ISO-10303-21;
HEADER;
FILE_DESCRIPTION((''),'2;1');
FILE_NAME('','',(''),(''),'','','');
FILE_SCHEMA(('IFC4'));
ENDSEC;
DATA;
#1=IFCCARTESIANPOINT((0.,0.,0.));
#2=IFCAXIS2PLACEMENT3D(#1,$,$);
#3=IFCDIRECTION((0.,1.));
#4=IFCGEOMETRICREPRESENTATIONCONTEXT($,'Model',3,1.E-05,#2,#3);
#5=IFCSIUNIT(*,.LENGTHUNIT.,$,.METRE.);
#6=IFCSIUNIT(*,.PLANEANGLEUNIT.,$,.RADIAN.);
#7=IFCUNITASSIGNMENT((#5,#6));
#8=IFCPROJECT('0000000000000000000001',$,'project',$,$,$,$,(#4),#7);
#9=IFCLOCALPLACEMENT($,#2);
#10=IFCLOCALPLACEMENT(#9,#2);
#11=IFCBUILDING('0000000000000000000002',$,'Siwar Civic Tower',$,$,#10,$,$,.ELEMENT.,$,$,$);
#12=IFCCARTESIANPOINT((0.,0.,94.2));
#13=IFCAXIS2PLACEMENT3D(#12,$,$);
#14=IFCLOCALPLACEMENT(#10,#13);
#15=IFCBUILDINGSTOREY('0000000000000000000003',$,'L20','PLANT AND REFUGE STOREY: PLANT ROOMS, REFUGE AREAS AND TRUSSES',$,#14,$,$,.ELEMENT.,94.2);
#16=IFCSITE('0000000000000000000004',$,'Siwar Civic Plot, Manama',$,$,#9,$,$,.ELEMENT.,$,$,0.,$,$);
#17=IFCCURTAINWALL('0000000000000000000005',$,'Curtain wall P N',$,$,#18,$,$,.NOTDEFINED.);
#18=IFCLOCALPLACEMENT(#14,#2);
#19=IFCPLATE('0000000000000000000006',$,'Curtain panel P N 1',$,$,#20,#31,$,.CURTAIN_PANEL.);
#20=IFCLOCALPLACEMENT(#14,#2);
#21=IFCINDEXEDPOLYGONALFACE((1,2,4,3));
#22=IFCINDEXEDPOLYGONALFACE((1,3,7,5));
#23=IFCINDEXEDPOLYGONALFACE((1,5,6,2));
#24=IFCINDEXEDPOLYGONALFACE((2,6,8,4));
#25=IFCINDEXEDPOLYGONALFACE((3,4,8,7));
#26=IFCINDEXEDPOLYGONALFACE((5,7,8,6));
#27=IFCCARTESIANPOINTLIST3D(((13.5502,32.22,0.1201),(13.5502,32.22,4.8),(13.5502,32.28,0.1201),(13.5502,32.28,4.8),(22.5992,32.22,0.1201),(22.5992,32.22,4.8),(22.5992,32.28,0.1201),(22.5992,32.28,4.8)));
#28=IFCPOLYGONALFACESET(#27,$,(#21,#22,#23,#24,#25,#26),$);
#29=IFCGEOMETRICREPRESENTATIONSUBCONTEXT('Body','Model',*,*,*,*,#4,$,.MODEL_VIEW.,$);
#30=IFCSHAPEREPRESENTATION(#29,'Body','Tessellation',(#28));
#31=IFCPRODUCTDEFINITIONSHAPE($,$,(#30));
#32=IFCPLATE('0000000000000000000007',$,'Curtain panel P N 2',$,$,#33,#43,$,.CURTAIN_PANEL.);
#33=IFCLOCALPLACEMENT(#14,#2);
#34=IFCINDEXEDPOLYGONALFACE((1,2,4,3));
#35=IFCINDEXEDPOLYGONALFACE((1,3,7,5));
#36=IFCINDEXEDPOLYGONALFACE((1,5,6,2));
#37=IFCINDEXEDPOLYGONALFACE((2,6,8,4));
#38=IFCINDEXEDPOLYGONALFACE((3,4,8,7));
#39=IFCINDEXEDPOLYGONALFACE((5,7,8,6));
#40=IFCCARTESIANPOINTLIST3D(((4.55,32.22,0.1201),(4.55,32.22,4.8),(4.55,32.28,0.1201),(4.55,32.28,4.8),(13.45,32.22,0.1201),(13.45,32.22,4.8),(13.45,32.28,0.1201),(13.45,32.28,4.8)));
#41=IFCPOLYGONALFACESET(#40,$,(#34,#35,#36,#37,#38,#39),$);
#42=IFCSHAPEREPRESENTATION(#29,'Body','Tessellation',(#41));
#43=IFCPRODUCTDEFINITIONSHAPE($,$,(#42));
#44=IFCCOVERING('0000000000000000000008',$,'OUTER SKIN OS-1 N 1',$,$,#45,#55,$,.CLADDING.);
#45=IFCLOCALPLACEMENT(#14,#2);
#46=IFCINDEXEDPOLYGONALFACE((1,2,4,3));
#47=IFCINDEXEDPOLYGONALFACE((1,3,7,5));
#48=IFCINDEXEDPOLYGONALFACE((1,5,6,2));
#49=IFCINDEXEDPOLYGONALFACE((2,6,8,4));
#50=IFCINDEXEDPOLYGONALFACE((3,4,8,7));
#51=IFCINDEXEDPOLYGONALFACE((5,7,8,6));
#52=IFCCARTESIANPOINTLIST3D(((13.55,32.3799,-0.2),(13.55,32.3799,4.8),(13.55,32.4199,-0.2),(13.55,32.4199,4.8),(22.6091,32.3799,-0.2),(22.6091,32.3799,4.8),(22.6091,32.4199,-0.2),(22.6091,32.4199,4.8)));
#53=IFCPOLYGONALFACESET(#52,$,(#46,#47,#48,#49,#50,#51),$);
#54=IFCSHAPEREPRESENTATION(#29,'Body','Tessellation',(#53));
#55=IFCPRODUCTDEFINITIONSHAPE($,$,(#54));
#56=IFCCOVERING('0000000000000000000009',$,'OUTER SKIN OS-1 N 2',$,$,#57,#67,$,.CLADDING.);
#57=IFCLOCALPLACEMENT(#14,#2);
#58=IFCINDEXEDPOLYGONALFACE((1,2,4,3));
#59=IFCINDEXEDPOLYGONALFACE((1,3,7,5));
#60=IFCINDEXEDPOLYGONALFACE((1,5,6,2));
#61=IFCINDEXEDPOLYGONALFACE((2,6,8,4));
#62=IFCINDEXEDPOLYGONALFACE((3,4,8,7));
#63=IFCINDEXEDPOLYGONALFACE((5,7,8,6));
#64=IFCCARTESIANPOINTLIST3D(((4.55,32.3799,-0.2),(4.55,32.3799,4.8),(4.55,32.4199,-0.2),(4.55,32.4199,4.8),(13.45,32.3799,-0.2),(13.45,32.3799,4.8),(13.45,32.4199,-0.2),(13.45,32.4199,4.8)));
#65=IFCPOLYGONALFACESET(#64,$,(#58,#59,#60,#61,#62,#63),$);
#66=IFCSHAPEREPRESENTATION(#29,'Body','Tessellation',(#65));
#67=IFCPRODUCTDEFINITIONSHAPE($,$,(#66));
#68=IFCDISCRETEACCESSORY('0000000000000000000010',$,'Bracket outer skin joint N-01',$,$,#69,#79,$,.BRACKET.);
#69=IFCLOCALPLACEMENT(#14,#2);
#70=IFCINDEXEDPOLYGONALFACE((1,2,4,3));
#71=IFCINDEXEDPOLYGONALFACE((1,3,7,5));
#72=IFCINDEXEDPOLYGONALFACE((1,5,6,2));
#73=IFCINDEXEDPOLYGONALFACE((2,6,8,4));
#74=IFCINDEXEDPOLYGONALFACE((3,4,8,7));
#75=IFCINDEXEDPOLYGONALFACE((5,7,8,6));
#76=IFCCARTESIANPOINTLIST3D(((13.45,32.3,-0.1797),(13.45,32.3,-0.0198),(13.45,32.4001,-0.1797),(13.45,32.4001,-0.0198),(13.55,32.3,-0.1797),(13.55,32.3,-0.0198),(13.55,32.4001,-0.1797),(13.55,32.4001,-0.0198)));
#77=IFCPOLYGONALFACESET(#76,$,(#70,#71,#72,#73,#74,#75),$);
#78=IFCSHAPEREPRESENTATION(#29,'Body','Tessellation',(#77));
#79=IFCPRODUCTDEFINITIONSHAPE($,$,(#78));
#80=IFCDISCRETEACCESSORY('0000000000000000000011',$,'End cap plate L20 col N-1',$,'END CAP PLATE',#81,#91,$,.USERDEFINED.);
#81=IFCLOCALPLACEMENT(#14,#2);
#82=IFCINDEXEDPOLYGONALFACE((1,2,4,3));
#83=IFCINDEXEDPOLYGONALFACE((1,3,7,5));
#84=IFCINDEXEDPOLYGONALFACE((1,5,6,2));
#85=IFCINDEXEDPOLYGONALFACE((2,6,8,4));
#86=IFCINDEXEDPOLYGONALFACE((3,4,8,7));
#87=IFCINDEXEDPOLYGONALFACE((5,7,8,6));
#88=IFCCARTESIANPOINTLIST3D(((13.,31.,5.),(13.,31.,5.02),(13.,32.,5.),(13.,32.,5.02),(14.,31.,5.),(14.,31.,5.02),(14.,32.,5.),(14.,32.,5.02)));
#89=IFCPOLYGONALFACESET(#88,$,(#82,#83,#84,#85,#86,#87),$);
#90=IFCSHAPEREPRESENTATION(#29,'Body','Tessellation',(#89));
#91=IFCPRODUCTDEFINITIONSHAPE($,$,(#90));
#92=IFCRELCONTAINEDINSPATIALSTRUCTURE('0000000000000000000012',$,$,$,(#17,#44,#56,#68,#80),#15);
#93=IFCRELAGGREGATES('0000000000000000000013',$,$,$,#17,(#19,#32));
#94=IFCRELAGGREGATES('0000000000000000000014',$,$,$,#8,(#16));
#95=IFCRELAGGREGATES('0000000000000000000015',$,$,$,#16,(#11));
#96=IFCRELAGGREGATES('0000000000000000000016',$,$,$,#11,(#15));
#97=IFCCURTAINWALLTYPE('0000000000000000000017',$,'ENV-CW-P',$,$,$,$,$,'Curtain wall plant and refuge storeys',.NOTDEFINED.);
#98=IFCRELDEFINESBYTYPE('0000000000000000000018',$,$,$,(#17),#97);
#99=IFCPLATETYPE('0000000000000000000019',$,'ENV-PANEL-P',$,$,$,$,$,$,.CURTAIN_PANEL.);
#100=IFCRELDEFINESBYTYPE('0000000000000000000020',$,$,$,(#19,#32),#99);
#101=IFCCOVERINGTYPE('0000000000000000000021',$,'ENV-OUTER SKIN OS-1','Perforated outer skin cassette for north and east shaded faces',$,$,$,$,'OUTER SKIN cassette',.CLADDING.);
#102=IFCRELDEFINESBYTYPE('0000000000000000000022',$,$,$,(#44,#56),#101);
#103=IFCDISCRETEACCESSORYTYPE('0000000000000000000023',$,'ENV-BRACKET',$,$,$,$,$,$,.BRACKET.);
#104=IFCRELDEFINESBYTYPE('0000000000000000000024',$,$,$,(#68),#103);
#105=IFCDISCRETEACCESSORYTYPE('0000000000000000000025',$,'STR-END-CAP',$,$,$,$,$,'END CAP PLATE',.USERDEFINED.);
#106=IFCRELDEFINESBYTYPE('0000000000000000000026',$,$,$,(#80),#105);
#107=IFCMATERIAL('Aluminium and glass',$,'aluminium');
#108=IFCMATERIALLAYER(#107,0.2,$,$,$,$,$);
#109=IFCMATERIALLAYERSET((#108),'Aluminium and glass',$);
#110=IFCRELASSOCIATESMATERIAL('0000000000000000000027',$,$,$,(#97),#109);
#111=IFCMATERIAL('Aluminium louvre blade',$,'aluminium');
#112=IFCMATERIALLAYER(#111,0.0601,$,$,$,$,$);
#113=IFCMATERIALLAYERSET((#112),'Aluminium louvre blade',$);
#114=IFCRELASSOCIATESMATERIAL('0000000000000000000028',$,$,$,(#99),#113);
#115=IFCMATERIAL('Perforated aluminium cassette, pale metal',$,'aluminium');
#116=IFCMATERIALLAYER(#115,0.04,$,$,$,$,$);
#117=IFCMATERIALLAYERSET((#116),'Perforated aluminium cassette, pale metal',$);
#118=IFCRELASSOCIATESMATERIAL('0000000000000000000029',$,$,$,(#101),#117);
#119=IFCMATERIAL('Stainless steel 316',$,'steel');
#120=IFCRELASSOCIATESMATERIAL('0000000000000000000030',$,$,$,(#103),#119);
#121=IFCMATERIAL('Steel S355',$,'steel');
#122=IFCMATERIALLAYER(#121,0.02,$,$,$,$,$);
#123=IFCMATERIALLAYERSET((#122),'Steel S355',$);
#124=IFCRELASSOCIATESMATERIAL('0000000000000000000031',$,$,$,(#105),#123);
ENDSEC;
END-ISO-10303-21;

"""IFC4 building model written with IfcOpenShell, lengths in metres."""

from ifc_helpers import new_model, si_unit, direction, frame, origin, origin_2d, place, context, subcontext, project, spatial, rectangle, extrude, material, layer, layer_set, type_object, element, aggregate, save


model = new_model("IFC4")

# Units and contexts
model_context = context("Model", 3, precision=1e-05, world=origin(), true_north=direction((0.0, 1.0)))
body_context = subcontext(model_context, "Body", "Model", "MODEL_VIEW")
ifc_project = project(units=[si_unit("LENGTHUNIT", "METRE"), si_unit("PLANEANGLEUNIT", "RADIAN")], contexts=[model_context])

# Site, building, storey
site_placement = place(None, origin())
site = spatial("IfcSite", under=ifc_project, at=site_placement, Name="Siwar Civic Plot, Manama", CompositionType="ELEMENT", RefElevation=0.0)
building_placement = place(site_placement, origin())
building = spatial("IfcBuilding", under=site, at=building_placement, Name="Siwar Civic Tower", CompositionType="ELEMENT")
storey_placement = place(building_placement, frame((0.0, 0.0, 94.2)))
storey = spatial("IfcBuildingStorey", under=building, at=storey_placement, Name="L20", Description="PLANT AND REFUGE STOREY: PLANT ROOMS, REFUGE AREAS AND TRUSSES", CompositionType="ELEMENT", Elevation=94.2)

# Curtain wall
ifc_material_1 = material(Name="Aluminium and glass", Category="aluminium")
ifc_layer_1 = layer(ifc_material_1, 0.2)
ifc_layer_set_1 = layer_set([ifc_layer_1], Name="Aluminium and glass")
curtain_wall_type = type_object("IfcCurtainWallType", Name="ENV-CW-P", ElementType="Curtain wall plant and refuge storeys", PredefinedType="NOTDEFINED", material=ifc_layer_set_1)
curtain_wall_placement = place(storey_placement, origin())
curtain_wall = element("IfcCurtainWall", 1, at=curtain_wall_placement, inside=storey, type_object=curtain_wall_type, Name="Curtain wall P N", PredefinedType="NOTDEFINED")

# Plates
ifc_material_2 = material(Name="Aluminium louvre blade", Category="aluminium")
ifc_layer_2 = layer(ifc_material_2, 0.0601)
ifc_layer_set_2 = layer_set([ifc_layer_2], Name="Aluminium louvre blade")
plate_type = type_object("IfcPlateType", Name="ENV-PANEL-P", PredefinedType="CURTAIN_PANEL", material=ifc_layer_set_2)
plate_1_placement = place(storey_placement, frame((18.0747, 32.25, 0.1201), z_axis=(0.0, 0.0, 1.0), x_axis=(-1.0, 0.0, 0.0)))
plate_1 = element("IfcPlate", 2, at=plate_1_placement, type_object=plate_type, Name="Curtain panel P N 1", PredefinedType="CURTAIN_PANEL", context=body_context, shape_type="SweptSolid", body=[
    extrude(rectangle(XDim=9.0491, YDim=0.0601, at=origin_2d()), origin(), (0.0, 0.0, 1.0), 4.6799),
])
plate_2_placement = place(storey_placement, frame((9.0, 32.25, 0.1201), z_axis=(0.0, 0.0, 1.0), x_axis=(-1.0, 0.0, 0.0)))
plate_2 = element("IfcPlate", 3, at=plate_2_placement, type_object=plate_type, Name="Curtain panel P N 2", PredefinedType="CURTAIN_PANEL", context=body_context, shape_type="SweptSolid", body=[
    extrude(rectangle(XDim=8.8999, YDim=0.0601, at=origin_2d()), origin(), (0.0, 0.0, 1.0), 4.6799),
])
aggregate(curtain_wall, [plate_1, plate_2])

# Coverings
ifc_material_3 = material(Name="Perforated aluminium cassette, pale metal", Category="aluminium")
ifc_layer_3 = layer(ifc_material_3, 0.04)
ifc_layer_set_3 = layer_set([ifc_layer_3], Name="Perforated aluminium cassette, pale metal")
covering_type = type_object("IfcCoveringType", Name="ENV-OUTER SKIN OS-1", Description="Perforated outer skin cassette for north and east shaded faces", ElementType="OUTER SKIN cassette", PredefinedType="CLADDING", material=ifc_layer_set_3)
covering_1_placement = place(storey_placement, frame((18.0796, 32.3999, -0.2), z_axis=(0.0, 0.0, 1.0), x_axis=(-1.0, 0.0, 0.0)))
element("IfcCovering", 4, at=covering_1_placement, inside=storey, type_object=covering_type, Name="OUTER SKIN OS-1 N 1", PredefinedType="CLADDING", context=body_context, shape_type="SweptSolid", body=[
    extrude(rectangle(XDim=9.0591, YDim=0.04, at=origin_2d()), origin(), (0.0, 0.0, 1.0), 5.0),
])
covering_2_placement = place(storey_placement, frame((9.0, 32.3999, -0.2), z_axis=(0.0, 0.0, 1.0), x_axis=(-1.0, 0.0, 0.0)))
element("IfcCovering", 5, at=covering_2_placement, inside=storey, type_object=covering_type, Name="OUTER SKIN OS-1 N 2", PredefinedType="CLADDING", context=body_context, shape_type="SweptSolid", body=[
    extrude(rectangle(XDim=8.8999, YDim=0.04, at=origin_2d()), origin(), (0.0, 0.0, 1.0), 5.0),
])

# Discrete accessories
ifc_material_4 = material(Name="Stainless steel 316", Category="steel")
discrete_accessory_type_1 = type_object("IfcDiscreteAccessoryType", Name="ENV-BRACKET", PredefinedType="BRACKET", material=ifc_material_4)
discrete_accessory_1_placement = place(storey_placement, frame((13.5, 32.3501, -0.1797), z_axis=(0.0, 0.0, 1.0), x_axis=(0.0, 1.0, 0.0)))
element("IfcDiscreteAccessory", 6, at=discrete_accessory_1_placement, inside=storey, type_object=discrete_accessory_type_1, Name="Bracket outer skin joint N-01", PredefinedType="BRACKET", context=body_context, shape_type="SweptSolid", body=[
    extrude(rectangle(XDim=0.1001, YDim=0.1001, at=origin_2d()), origin(), (0.0, 0.0, 1.0), 0.1599),
])
ifc_material_5 = material(Name="Steel S355", Category="steel")
ifc_layer_4 = layer(ifc_material_5, 0.02)
ifc_layer_set_4 = layer_set([ifc_layer_4], Name="Steel S355")
discrete_accessory_type_2 = type_object("IfcDiscreteAccessoryType", Name="STR-END-CAP", ElementType="END CAP PLATE", PredefinedType="USERDEFINED", material=ifc_layer_set_4)
discrete_accessory_2_placement = place(storey_placement, frame((13.5, 31.5, 5.0), z_axis=(0.0, 0.0, 1.0), x_axis=(1.0, 0.0, 0.0)))
element("IfcDiscreteAccessory", 7, at=discrete_accessory_2_placement, inside=storey, type_object=discrete_accessory_type_2, Name="End cap plate L20 col N-1", ObjectType="END CAP PLATE", PredefinedType="USERDEFINED", context=body_context, shape_type="SweptSolid", body=[
    extrude(rectangle(XDim=1.0, YDim=1.0, at=origin_2d()), origin(), (0.0, 0.0, 1.0), 0.02),
])

save(model, "model.ifc")
